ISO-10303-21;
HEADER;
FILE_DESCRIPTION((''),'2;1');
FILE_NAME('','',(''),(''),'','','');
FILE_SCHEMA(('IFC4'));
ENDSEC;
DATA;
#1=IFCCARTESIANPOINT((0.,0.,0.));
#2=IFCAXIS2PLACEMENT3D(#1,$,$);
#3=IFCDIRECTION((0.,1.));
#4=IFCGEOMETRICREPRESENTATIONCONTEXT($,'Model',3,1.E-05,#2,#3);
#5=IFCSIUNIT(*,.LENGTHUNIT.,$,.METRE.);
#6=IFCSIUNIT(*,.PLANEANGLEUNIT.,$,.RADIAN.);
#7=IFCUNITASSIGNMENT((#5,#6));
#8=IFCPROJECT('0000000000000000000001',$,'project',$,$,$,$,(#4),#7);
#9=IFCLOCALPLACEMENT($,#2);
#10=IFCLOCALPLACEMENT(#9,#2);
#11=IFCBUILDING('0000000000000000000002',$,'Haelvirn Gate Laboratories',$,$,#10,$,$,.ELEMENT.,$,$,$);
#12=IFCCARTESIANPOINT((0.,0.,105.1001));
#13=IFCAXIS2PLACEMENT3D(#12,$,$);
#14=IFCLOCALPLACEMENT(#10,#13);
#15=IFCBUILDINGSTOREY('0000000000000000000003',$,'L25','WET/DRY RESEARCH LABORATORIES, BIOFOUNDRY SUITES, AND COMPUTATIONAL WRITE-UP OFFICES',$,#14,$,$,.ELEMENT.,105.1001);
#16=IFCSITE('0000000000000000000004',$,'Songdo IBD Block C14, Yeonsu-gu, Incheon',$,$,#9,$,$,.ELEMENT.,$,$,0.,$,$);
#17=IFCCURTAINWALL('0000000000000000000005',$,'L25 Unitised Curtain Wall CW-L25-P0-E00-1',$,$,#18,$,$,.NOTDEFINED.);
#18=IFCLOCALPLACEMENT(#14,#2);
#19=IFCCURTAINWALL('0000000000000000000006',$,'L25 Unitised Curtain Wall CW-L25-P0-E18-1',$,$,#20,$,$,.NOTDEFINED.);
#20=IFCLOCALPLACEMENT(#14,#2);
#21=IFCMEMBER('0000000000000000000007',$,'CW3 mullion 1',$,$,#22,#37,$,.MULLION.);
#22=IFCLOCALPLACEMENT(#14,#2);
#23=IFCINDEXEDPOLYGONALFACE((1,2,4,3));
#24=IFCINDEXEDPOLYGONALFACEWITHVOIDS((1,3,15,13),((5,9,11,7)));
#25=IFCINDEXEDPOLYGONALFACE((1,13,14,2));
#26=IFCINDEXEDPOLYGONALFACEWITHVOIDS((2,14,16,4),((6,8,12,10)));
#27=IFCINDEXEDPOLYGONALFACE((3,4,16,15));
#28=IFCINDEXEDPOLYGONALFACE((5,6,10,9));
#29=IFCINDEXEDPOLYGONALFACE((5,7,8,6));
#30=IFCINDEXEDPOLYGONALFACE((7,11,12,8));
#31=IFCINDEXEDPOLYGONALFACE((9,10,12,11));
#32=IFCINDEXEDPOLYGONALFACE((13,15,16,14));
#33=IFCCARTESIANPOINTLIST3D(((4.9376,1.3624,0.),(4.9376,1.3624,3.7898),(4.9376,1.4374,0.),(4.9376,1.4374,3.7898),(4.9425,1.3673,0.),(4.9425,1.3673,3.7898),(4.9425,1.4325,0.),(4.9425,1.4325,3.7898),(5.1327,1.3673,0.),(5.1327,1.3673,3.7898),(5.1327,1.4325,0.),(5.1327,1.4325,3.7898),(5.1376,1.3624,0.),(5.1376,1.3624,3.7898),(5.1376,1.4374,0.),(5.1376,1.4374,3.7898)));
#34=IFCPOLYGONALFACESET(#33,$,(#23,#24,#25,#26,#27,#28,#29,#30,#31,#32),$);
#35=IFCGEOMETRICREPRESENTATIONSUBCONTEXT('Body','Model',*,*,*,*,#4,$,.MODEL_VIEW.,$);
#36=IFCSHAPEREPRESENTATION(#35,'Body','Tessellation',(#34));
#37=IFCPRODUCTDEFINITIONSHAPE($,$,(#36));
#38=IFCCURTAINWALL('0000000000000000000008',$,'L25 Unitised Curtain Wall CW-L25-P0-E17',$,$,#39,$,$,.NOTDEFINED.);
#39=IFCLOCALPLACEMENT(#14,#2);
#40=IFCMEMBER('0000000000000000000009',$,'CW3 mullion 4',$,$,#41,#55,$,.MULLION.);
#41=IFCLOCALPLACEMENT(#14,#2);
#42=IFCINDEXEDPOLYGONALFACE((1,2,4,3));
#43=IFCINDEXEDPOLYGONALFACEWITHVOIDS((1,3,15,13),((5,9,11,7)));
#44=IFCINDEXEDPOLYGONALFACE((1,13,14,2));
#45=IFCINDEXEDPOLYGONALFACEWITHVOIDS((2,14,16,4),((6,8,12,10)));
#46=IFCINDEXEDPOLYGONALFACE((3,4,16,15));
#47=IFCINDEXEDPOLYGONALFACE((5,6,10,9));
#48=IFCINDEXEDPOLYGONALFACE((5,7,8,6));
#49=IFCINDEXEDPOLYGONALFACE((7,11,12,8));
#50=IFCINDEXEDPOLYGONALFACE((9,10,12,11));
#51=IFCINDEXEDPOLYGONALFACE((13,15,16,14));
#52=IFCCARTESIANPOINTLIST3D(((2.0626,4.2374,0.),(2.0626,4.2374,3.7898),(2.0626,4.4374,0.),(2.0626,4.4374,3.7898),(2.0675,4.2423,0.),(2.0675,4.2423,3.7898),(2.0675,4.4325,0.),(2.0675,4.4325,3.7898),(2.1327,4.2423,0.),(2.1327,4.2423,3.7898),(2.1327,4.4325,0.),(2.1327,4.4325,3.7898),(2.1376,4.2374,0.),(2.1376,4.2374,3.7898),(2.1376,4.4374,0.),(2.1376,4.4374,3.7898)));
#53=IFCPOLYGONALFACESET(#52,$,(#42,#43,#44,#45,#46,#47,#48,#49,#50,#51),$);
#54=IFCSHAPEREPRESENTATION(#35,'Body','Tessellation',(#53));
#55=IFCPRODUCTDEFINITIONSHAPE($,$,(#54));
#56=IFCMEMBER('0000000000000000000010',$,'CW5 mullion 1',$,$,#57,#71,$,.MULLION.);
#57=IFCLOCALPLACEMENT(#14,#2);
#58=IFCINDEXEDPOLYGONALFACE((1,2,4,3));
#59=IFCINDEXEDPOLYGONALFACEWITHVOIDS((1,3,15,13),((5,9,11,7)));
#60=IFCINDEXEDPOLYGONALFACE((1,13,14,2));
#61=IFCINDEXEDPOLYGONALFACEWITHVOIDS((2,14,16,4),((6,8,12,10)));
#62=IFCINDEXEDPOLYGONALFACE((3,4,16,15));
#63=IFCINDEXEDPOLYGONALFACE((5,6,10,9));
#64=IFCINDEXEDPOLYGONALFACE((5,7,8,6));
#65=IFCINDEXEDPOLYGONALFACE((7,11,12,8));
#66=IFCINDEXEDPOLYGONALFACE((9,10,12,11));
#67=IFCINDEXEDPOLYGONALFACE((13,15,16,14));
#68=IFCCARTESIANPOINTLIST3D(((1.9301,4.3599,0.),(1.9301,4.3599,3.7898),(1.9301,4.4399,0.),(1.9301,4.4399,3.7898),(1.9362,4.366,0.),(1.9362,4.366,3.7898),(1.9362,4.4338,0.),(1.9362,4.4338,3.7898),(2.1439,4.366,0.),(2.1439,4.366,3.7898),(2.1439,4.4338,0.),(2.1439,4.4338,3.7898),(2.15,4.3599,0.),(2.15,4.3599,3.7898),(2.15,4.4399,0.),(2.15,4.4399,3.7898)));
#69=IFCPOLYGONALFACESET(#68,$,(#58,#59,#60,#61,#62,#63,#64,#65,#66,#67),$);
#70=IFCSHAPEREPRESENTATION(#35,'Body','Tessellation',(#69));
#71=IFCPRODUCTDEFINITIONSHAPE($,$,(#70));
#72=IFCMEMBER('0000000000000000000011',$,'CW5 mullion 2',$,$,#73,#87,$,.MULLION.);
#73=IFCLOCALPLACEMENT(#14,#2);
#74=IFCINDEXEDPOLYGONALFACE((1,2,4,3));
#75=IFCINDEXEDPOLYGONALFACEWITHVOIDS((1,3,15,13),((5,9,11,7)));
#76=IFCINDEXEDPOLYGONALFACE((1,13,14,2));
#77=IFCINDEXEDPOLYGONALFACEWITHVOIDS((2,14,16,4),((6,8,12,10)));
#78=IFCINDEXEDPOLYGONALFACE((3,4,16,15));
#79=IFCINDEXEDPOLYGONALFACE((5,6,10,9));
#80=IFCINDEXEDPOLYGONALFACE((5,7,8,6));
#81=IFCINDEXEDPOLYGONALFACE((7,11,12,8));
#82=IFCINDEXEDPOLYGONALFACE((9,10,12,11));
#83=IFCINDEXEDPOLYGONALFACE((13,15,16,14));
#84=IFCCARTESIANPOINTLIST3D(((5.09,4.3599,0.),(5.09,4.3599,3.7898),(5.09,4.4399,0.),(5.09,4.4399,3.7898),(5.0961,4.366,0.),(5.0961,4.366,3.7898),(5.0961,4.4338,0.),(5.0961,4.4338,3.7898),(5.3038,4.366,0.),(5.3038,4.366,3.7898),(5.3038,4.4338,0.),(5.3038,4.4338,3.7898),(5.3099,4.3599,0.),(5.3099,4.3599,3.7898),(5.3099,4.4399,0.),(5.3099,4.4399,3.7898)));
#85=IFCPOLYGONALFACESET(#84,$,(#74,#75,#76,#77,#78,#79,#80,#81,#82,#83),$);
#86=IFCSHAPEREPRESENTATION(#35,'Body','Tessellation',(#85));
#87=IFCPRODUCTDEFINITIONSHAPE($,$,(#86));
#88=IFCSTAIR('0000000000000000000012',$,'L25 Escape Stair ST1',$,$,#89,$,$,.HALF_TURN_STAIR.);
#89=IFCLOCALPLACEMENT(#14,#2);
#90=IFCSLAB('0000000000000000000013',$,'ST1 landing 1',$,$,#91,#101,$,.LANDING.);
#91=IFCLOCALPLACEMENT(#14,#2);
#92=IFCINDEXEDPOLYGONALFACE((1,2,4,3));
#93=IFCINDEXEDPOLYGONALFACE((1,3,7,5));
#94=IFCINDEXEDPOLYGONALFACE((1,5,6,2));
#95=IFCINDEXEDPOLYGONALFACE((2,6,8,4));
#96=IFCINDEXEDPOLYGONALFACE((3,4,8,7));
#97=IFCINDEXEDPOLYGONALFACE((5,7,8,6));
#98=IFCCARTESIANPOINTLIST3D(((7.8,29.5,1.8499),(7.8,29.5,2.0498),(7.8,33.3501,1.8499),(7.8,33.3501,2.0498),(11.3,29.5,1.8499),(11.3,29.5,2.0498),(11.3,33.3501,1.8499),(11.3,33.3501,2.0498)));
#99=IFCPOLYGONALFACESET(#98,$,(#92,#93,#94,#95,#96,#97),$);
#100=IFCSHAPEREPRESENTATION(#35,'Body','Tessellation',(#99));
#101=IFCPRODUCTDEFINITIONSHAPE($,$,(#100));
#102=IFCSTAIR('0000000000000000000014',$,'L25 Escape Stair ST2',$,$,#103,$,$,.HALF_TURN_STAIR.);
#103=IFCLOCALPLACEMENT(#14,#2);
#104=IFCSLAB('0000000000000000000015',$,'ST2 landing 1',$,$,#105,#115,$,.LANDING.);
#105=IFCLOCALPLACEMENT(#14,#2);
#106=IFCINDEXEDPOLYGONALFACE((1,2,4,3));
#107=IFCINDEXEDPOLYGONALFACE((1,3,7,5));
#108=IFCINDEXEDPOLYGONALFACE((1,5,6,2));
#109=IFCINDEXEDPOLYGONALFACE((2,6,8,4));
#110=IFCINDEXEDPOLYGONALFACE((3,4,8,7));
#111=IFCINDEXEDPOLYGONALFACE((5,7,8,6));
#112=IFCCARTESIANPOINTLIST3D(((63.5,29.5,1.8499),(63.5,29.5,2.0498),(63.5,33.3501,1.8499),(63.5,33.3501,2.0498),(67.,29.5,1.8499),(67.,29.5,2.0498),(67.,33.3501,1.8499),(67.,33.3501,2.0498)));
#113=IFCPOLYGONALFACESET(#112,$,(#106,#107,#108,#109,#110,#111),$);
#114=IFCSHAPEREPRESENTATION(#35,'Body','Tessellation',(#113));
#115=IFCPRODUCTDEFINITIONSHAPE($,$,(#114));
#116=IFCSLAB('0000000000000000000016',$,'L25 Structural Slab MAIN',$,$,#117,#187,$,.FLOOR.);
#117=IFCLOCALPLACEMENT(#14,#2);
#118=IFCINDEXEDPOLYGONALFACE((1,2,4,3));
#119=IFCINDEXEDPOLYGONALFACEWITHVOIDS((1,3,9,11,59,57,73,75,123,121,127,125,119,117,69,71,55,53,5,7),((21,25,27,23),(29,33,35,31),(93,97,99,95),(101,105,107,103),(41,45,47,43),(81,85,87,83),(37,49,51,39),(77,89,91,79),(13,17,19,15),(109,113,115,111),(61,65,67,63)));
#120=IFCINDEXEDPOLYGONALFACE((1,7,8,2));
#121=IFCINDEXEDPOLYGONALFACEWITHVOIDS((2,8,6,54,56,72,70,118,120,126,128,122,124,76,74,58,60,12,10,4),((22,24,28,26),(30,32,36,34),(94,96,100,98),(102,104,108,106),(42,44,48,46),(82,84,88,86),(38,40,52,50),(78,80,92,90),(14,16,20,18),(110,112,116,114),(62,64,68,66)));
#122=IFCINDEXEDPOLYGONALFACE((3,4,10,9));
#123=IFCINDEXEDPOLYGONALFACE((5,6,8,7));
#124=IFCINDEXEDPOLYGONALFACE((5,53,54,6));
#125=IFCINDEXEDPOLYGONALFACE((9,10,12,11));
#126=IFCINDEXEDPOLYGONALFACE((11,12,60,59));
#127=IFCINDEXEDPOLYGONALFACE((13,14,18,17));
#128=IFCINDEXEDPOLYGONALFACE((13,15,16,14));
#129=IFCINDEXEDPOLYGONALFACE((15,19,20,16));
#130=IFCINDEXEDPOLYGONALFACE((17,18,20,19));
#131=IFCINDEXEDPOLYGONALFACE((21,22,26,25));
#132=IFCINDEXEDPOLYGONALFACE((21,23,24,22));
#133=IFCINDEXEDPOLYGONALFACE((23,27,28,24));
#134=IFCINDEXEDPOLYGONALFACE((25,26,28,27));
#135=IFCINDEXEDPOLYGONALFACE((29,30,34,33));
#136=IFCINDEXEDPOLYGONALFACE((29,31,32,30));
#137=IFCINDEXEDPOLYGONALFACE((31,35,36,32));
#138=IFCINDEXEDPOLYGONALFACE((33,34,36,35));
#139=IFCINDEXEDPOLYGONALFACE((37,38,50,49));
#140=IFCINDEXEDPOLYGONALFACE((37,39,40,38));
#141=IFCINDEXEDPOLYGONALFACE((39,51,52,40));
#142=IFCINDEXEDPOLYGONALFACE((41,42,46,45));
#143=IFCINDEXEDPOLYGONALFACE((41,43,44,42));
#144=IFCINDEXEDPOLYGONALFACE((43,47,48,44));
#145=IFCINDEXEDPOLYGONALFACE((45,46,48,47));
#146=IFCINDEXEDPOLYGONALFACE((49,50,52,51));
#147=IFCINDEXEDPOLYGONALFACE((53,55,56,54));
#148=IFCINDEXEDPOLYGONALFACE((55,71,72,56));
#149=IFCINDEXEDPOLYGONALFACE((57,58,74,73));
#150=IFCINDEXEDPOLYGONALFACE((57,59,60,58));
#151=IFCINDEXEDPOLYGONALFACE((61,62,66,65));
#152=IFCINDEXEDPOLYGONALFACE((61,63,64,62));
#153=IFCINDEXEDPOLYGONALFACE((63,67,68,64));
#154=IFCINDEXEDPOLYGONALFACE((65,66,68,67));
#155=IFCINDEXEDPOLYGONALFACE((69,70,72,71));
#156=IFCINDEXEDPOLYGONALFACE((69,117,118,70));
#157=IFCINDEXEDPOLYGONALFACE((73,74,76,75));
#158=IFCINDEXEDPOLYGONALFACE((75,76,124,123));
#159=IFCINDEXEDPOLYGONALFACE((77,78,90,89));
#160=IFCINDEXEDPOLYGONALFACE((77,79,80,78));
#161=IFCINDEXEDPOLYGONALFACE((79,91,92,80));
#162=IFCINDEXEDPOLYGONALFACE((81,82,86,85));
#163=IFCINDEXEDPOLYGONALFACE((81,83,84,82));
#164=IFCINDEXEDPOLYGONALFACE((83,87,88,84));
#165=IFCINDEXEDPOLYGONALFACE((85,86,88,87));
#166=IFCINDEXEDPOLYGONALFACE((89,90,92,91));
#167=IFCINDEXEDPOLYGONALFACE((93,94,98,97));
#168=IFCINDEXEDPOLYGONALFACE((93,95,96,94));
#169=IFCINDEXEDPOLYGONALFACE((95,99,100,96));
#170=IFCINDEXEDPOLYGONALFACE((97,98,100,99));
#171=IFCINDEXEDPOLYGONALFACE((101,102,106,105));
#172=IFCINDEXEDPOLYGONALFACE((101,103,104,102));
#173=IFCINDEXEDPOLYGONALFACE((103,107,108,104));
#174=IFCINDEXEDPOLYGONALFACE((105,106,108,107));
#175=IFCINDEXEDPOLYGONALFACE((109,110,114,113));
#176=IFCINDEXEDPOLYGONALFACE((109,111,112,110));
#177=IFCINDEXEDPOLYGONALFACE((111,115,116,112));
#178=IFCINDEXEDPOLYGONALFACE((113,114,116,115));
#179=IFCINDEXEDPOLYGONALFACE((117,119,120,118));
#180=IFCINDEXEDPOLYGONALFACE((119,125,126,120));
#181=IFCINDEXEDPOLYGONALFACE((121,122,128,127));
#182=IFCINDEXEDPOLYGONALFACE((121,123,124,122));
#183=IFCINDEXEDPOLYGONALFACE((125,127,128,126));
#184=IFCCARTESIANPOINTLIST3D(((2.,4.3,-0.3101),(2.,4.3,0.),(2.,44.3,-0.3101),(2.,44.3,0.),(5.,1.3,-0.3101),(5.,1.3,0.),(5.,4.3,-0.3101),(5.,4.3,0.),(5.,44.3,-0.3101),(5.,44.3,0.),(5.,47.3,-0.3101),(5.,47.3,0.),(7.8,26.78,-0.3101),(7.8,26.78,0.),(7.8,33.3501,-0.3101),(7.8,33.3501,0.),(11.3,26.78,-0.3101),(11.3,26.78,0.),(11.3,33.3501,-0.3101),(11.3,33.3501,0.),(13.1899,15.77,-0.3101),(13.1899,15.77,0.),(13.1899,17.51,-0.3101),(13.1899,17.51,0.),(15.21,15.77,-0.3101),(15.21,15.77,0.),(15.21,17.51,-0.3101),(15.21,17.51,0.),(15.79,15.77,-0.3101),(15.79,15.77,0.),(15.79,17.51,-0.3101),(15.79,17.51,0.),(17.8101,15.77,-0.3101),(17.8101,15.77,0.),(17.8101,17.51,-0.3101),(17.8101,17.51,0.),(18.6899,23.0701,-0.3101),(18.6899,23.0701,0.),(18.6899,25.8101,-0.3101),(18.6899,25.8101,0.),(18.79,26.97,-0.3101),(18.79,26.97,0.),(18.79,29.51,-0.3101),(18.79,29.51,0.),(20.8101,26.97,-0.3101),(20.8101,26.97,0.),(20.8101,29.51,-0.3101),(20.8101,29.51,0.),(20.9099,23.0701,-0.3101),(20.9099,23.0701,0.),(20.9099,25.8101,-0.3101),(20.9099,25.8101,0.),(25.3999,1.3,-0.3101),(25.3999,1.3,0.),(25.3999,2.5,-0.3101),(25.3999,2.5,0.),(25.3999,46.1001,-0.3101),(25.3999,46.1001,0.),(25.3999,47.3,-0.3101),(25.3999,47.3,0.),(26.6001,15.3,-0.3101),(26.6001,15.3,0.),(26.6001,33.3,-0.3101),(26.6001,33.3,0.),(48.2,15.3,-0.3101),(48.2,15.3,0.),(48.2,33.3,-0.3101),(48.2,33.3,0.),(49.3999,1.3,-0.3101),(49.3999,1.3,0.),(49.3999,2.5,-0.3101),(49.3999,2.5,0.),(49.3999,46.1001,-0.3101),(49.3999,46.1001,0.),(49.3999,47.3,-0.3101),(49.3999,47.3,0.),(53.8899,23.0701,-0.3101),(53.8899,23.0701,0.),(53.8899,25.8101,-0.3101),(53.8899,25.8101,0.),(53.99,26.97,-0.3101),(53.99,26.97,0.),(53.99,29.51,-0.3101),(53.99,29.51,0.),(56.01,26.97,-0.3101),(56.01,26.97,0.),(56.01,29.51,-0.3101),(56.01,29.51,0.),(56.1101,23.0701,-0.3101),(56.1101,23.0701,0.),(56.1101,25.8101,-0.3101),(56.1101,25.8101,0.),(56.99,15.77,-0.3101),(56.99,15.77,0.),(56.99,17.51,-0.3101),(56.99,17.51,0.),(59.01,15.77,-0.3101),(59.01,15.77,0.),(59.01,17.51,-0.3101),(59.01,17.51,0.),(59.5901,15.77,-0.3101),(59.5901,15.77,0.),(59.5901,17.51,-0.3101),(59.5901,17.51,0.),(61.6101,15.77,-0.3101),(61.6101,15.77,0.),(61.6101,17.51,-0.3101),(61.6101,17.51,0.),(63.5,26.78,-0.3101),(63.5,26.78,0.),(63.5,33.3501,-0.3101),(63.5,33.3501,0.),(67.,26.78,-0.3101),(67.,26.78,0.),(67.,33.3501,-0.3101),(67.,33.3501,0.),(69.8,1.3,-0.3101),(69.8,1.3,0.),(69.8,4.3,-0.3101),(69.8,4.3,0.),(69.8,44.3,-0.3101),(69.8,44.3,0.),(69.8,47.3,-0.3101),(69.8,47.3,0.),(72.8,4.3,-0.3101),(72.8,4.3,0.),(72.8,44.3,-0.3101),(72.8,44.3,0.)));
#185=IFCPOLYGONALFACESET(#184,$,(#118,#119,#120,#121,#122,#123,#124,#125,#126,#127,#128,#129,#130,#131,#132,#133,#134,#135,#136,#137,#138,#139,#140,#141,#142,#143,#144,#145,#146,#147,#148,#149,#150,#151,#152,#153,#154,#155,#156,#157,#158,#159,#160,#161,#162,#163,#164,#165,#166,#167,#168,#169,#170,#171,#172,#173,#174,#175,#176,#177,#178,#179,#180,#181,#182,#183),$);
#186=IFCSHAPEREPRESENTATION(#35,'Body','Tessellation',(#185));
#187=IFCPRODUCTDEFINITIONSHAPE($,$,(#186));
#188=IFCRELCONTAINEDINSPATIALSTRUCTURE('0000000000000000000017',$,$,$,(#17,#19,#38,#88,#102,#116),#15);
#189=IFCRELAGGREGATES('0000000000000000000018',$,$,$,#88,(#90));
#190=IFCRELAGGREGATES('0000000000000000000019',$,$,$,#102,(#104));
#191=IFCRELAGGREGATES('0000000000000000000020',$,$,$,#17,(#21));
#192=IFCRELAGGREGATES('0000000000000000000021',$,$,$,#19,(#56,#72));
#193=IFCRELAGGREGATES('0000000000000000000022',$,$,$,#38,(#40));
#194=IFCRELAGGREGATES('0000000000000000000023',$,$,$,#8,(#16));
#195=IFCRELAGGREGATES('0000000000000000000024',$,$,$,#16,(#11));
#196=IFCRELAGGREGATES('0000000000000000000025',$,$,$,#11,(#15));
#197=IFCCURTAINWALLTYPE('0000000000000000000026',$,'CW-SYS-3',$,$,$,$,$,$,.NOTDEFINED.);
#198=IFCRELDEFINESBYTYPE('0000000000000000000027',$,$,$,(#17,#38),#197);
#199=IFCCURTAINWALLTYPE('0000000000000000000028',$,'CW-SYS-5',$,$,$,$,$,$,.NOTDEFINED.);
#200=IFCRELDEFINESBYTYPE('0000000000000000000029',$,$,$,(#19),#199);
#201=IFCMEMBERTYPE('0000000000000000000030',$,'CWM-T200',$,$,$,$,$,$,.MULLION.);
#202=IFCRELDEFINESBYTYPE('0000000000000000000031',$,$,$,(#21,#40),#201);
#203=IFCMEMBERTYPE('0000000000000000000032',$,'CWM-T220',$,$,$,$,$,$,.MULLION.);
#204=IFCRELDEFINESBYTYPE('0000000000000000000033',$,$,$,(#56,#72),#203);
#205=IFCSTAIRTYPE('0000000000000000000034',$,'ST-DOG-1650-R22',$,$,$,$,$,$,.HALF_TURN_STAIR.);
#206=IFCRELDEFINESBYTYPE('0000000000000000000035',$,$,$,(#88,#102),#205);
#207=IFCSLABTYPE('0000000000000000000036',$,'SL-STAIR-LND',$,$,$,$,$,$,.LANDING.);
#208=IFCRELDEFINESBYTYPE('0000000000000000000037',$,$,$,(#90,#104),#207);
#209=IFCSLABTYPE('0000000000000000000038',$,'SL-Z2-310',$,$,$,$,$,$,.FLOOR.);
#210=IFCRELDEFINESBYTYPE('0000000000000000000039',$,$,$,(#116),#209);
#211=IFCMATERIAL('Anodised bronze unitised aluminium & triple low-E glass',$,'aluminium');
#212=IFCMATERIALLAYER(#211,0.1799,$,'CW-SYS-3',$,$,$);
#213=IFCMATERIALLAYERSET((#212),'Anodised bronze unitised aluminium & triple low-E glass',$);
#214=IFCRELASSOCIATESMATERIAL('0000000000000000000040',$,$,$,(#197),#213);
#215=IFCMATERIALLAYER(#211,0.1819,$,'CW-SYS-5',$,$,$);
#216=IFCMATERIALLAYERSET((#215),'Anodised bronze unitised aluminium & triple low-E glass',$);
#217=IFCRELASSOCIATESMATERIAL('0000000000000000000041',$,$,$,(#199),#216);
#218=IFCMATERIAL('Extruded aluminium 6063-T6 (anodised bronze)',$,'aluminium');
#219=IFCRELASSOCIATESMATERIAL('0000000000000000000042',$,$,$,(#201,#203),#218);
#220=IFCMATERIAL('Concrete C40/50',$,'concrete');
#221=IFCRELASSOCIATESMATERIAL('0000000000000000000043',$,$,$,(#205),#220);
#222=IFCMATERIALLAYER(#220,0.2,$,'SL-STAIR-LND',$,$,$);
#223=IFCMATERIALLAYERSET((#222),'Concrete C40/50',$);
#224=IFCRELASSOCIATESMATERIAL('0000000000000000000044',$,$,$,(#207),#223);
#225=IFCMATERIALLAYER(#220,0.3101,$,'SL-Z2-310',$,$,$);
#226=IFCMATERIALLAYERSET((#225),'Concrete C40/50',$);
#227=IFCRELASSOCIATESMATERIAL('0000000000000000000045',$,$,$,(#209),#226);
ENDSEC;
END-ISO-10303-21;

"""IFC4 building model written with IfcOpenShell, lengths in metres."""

from ifc_helpers import new_model, si_unit, direction, frame, origin, origin_2d, place, context, subcontext, project, spatial, polyline, hollow_rectangle, outline, extrude, source, transform, mapped, material, layer, layer_set, material_profile, profile_set, type_object, type_shapes, element, aggregate, save


model = new_model("IFC4")

# Units and contexts
model_context = context("Model", 3, precision=1e-05, world=origin(), true_north=direction((0.0, 1.0)))
body_context = subcontext(model_context, "Body", "Model", "MODEL_VIEW")
ifc_project = project(units=[si_unit("LENGTHUNIT", "METRE"), si_unit("PLANEANGLEUNIT", "RADIAN")], contexts=[model_context])

# Site, building, storey
site_placement = place(None, origin())
site = spatial("IfcSite", under=ifc_project, at=site_placement, Name="Songdo IBD Block C14, Yeonsu-gu, Incheon", CompositionType="ELEMENT", RefElevation=0.0)
building_placement = place(site_placement, origin())
building = spatial("IfcBuilding", under=site, at=building_placement, Name="Haelvirn Gate Laboratories", CompositionType="ELEMENT")
storey_placement = place(building_placement, frame((0.0, 0.0, 105.1001)))
storey = spatial("IfcBuildingStorey", under=building, at=storey_placement, Name="L25", Description="WET/DRY RESEARCH LABORATORIES, BIOFOUNDRY SUITES, AND COMPUTATIONAL WRITE-UP OFFICES", CompositionType="ELEMENT", Elevation=105.1001)

# Curtain walls
ifc_material_1 = material(Name="Anodised bronze unitised aluminium & triple low-E glass", Category="aluminium")
ifc_layer_1 = layer(ifc_material_1, 0.1799, Name="CW-SYS-3")
ifc_layer_set_1 = layer_set([ifc_layer_1], Name="Anodised bronze unitised aluminium & triple low-E glass")
curtain_wall_type_1 = type_object("IfcCurtainWallType", Name="CW-SYS-3", PredefinedType="NOTDEFINED", material=ifc_layer_set_1)
curtain_wall_1_placement = place(storey_placement, origin())
curtain_wall_1 = element("IfcCurtainWall", 1, at=curtain_wall_1_placement, inside=storey, type_object=curtain_wall_type_1, Name="L25 Unitised Curtain Wall CW-L25-P0-E00-1", PredefinedType="NOTDEFINED")
ifc_material_2 = material(Name="Extruded aluminium 6063-T6 (anodised bronze)", Category="aluminium")
ifc_layer_2 = layer(ifc_material_1, 0.1819, Name="CW-SYS-5")
ifc_layer_set_2 = layer_set([ifc_layer_2], Name="Anodised bronze unitised aluminium & triple low-E glass")
curtain_wall_type_2 = type_object("IfcCurtainWallType", Name="CW-SYS-5", PredefinedType="NOTDEFINED", material=ifc_layer_set_2)
curtain_wall_2_placement = place(storey_placement, origin())
curtain_wall_2 = element("IfcCurtainWall", 2, at=curtain_wall_2_placement, inside=storey, type_object=curtain_wall_type_2, Name="L25 Unitised Curtain Wall CW-L25-P0-E18-1", PredefinedType="NOTDEFINED")

# Member
ifc_material_profile_1 = material_profile(ifc_material_2, hollow_rectangle(XDim=0.075, YDim=0.2, WallThickness=0.0049, at=origin_2d()), Name="CWM-200x75x5")
ifc_profile_set_1 = profile_set([ifc_material_profile_1], Name="Extruded aluminium 6063-T6 (anodised bronze)")
member_type_1 = type_object("IfcMemberType", Name="CWM-T200", PredefinedType="MULLION", material=ifc_profile_set_1)
shared_shape_1 = source(origin(), body_context, "Body", "SweptSolid", [
    extrude(hollow_rectangle(XDim=0.075, YDim=0.2, WallThickness=0.0049, at=origin_2d()), origin(), (0.0, 0.0, 1.0), 3.7898),
])
type_shapes(member_type_1, [shared_shape_1])
member_1_placement = place(storey_placement, frame((5.0376, 1.3999, 0.0), z_axis=(0.0, 0.0, 1.0), x_axis=(0.0, 1.0, 0.0)))
member_1 = element("IfcMember", 3, at=member_1_placement, type_object=member_type_1, Name="CW3 mullion 1", PredefinedType="MULLION", context=body_context, shape_type="MappedRepresentation", body=[
    mapped(shared_shape_1, transform((0.0, 0.0, 0.0), scale=1.0)),
])

# Curtain wall, member
curtain_wall_3_placement = place(storey_placement, origin())
curtain_wall_3 = element("IfcCurtainWall", 4, at=curtain_wall_3_placement, inside=storey, type_object=curtain_wall_type_1, Name="L25 Unitised Curtain Wall CW-L25-P0-E17", PredefinedType="NOTDEFINED")
member_2_placement = place(storey_placement, frame((2.1001, 4.3374, 0.0), z_axis=(0.0, 0.0, 1.0), x_axis=(1.0, 0.0, 0.0)))
member_2 = element("IfcMember", 5, at=member_2_placement, type_object=member_type_1, Name="CW3 mullion 4", PredefinedType="MULLION", context=body_context, shape_type="MappedRepresentation", body=[
    mapped(shared_shape_1, transform((0.0, 0.0, 0.0), scale=1.0)),
])

# Members
ifc_material_profile_2 = material_profile(ifc_material_2, hollow_rectangle(XDim=0.0801, YDim=0.22, WallThickness=0.0061, at=origin_2d()), Name="CWM-220x80x6")
ifc_profile_set_2 = profile_set([ifc_material_profile_2], Name="Extruded aluminium 6063-T6 (anodised bronze)")
member_type_2 = type_object("IfcMemberType", Name="CWM-T220", PredefinedType="MULLION", material=ifc_profile_set_2)
shared_shape_2 = source(origin(), body_context, "Body", "SweptSolid", [
    extrude(hollow_rectangle(XDim=0.0801, YDim=0.22, WallThickness=0.0061, at=origin_2d()), origin(), (0.0, 0.0, 1.0), 3.7898),
])
type_shapes(member_type_2, [shared_shape_2])
member_3_placement = place(storey_placement, frame((2.04, 4.3999, 0.0), z_axis=(0.0, 0.0, 1.0), x_axis=(0.0, 1.0, 0.0)))
member_3 = element("IfcMember", 6, at=member_3_placement, type_object=member_type_2, Name="CW5 mullion 1", PredefinedType="MULLION", context=body_context, shape_type="MappedRepresentation", body=[
    mapped(shared_shape_2, transform((0.0, 0.0, 0.0), scale=1.0)),
])
member_4_placement = place(storey_placement, frame((5.2, 4.3999, 0.0), z_axis=(0.0, 0.0, 1.0), x_axis=(0.0, 1.0, 0.0)))
member_4 = element("IfcMember", 7, at=member_4_placement, type_object=member_type_2, Name="CW5 mullion 2", PredefinedType="MULLION", context=body_context, shape_type="MappedRepresentation", body=[
    mapped(shared_shape_2, transform((0.0, 0.0, 0.0), scale=1.0)),
])

# Stairs, slabs
ifc_material_3 = material(Name="Concrete C40/50", Category="concrete")
stair_type = type_object("IfcStairType", Name="ST-DOG-1650-R22", PredefinedType="HALF_TURN_STAIR", material=ifc_material_3)
stair_1_placement = place(storey_placement, origin())
stair_1 = element("IfcStair", 8, at=stair_1_placement, inside=storey, type_object=stair_type, Name="L25 Escape Stair ST1", PredefinedType="HALF_TURN_STAIR")
ifc_layer_3 = layer(ifc_material_3, 0.2, Name="SL-STAIR-LND")
ifc_layer_set_3 = layer_set([ifc_layer_3], Name="Concrete C40/50")
slab_type_1 = type_object("IfcSlabType", Name="SL-STAIR-LND", PredefinedType="LANDING", material=ifc_layer_set_3)
slab_1_placement = place(storey_placement, frame((0.0, 0.0, 1.8499)))
slab_1 = element("IfcSlab", 9, at=slab_1_placement, type_object=slab_type_1, Name="ST1 landing 1", PredefinedType="LANDING", context=body_context, shape_type="SweptSolid", body=[
    extrude(outline(polyline([(11.3, 29.5), (11.3, 33.3501), (7.8, 33.3501), (7.8, 29.5), (11.3, 29.5)])), origin(), (0.0, 0.0, 1.0), 0.2),
])
aggregate(stair_1, [slab_1])
stair_2_placement = place(storey_placement, origin())
stair_2 = element("IfcStair", 10, at=stair_2_placement, inside=storey, type_object=stair_type, Name="L25 Escape Stair ST2", PredefinedType="HALF_TURN_STAIR")
slab_2_placement = place(storey_placement, frame((0.0, 0.0, 1.8499)))
slab_2 = element("IfcSlab", 11, at=slab_2_placement, type_object=slab_type_1, Name="ST2 landing 1", PredefinedType="LANDING", context=body_context, shape_type="SweptSolid", body=[
    extrude(outline(polyline([(67.0, 29.5), (67.0, 33.3501), (63.5, 33.3501), (63.5, 29.5), (67.0, 29.5)])), origin(), (0.0, 0.0, 1.0), 0.2),
])
aggregate(stair_2, [slab_2])

# Slab
ifc_layer_4 = layer(ifc_material_3, 0.3101, Name="SL-Z2-310")
ifc_layer_set_4 = layer_set([ifc_layer_4], Name="Concrete C40/50")
slab_type_2 = type_object("IfcSlabType", Name="SL-Z2-310", PredefinedType="FLOOR", material=ifc_layer_set_4)
slab_3_placement = place(storey_placement, frame((0.0, 0.0, -0.3101)))
element("IfcSlab", 12, at=slab_3_placement, inside=storey, type_object=slab_type_2, Name="L25 Structural Slab MAIN", PredefinedType="FLOOR", context=body_context, shape_type="SweptSolid", body=[
    extrude(outline(polyline([(5.0, 1.3), (25.3999, 1.3), (25.3999, 2.5), (49.3999, 2.5), (49.3999, 1.3), (69.8, 1.3), (69.8, 4.3), (72.8, 4.3), (72.8, 44.3), (69.8, 44.3), (69.8, 47.3), (49.3999, 47.3), (49.3999, 46.1001), (25.3999, 46.1001), (25.3999, 47.3), (5.0, 47.3), (5.0, 44.3), (2.0, 44.3), (2.0, 4.3), (5.0, 4.3), (5.0, 1.3)]), holes=[polyline([(26.6001, 15.3), (48.2, 15.3), (48.2, 33.3), (26.6001, 33.3), (26.6001, 15.3)]), polyline([(11.3, 26.78), (11.3, 33.3501), (7.8, 33.3501), (7.8, 26.78), (11.3, 26.78)]), polyline([(67.0, 26.78), (67.0, 33.3501), (63.5, 33.3501), (63.5, 26.78), (67.0, 26.78)]), polyline([(13.1899, 15.77), (15.21, 15.77), (15.21, 17.51), (13.1899, 17.51), (13.1899, 15.77)]), polyline([(15.79, 15.77), (17.8101, 15.77), (17.8101, 17.51), (15.79, 17.51), (15.79, 15.77)]), polyline([(18.79, 26.97), (20.8101, 26.97), (20.8101, 29.51), (18.79, 29.51), (18.79, 26.97)]), polyline([(18.6899, 23.0701), (20.9099, 23.0701), (20.9099, 25.8101), (18.6899, 25.8101), (18.6899, 23.0701)]), polyline([(59.5901, 15.77), (61.6101, 15.77), (61.6101, 17.51), (59.5901, 17.51), (59.5901, 15.77)]), polyline([(56.99, 15.77), (59.01, 15.77), (59.01, 17.51), (56.99, 17.51), (56.99, 15.77)]), polyline([(53.99, 26.97), (56.01, 26.97), (56.01, 29.51), (53.99, 29.51), (53.99, 26.97)]), polyline([(53.8899, 23.0701), (56.1101, 23.0701), (56.1101, 25.8101), (53.8899, 25.8101), (53.8899, 23.0701)])]), origin(), (0.0, 0.0, 1.0), 0.3101),
])

aggregate(curtain_wall_1, [member_1])
aggregate(curtain_wall_2, [member_3, member_4])
aggregate(curtain_wall_3, [member_2])

save(model, "model.ifc")
